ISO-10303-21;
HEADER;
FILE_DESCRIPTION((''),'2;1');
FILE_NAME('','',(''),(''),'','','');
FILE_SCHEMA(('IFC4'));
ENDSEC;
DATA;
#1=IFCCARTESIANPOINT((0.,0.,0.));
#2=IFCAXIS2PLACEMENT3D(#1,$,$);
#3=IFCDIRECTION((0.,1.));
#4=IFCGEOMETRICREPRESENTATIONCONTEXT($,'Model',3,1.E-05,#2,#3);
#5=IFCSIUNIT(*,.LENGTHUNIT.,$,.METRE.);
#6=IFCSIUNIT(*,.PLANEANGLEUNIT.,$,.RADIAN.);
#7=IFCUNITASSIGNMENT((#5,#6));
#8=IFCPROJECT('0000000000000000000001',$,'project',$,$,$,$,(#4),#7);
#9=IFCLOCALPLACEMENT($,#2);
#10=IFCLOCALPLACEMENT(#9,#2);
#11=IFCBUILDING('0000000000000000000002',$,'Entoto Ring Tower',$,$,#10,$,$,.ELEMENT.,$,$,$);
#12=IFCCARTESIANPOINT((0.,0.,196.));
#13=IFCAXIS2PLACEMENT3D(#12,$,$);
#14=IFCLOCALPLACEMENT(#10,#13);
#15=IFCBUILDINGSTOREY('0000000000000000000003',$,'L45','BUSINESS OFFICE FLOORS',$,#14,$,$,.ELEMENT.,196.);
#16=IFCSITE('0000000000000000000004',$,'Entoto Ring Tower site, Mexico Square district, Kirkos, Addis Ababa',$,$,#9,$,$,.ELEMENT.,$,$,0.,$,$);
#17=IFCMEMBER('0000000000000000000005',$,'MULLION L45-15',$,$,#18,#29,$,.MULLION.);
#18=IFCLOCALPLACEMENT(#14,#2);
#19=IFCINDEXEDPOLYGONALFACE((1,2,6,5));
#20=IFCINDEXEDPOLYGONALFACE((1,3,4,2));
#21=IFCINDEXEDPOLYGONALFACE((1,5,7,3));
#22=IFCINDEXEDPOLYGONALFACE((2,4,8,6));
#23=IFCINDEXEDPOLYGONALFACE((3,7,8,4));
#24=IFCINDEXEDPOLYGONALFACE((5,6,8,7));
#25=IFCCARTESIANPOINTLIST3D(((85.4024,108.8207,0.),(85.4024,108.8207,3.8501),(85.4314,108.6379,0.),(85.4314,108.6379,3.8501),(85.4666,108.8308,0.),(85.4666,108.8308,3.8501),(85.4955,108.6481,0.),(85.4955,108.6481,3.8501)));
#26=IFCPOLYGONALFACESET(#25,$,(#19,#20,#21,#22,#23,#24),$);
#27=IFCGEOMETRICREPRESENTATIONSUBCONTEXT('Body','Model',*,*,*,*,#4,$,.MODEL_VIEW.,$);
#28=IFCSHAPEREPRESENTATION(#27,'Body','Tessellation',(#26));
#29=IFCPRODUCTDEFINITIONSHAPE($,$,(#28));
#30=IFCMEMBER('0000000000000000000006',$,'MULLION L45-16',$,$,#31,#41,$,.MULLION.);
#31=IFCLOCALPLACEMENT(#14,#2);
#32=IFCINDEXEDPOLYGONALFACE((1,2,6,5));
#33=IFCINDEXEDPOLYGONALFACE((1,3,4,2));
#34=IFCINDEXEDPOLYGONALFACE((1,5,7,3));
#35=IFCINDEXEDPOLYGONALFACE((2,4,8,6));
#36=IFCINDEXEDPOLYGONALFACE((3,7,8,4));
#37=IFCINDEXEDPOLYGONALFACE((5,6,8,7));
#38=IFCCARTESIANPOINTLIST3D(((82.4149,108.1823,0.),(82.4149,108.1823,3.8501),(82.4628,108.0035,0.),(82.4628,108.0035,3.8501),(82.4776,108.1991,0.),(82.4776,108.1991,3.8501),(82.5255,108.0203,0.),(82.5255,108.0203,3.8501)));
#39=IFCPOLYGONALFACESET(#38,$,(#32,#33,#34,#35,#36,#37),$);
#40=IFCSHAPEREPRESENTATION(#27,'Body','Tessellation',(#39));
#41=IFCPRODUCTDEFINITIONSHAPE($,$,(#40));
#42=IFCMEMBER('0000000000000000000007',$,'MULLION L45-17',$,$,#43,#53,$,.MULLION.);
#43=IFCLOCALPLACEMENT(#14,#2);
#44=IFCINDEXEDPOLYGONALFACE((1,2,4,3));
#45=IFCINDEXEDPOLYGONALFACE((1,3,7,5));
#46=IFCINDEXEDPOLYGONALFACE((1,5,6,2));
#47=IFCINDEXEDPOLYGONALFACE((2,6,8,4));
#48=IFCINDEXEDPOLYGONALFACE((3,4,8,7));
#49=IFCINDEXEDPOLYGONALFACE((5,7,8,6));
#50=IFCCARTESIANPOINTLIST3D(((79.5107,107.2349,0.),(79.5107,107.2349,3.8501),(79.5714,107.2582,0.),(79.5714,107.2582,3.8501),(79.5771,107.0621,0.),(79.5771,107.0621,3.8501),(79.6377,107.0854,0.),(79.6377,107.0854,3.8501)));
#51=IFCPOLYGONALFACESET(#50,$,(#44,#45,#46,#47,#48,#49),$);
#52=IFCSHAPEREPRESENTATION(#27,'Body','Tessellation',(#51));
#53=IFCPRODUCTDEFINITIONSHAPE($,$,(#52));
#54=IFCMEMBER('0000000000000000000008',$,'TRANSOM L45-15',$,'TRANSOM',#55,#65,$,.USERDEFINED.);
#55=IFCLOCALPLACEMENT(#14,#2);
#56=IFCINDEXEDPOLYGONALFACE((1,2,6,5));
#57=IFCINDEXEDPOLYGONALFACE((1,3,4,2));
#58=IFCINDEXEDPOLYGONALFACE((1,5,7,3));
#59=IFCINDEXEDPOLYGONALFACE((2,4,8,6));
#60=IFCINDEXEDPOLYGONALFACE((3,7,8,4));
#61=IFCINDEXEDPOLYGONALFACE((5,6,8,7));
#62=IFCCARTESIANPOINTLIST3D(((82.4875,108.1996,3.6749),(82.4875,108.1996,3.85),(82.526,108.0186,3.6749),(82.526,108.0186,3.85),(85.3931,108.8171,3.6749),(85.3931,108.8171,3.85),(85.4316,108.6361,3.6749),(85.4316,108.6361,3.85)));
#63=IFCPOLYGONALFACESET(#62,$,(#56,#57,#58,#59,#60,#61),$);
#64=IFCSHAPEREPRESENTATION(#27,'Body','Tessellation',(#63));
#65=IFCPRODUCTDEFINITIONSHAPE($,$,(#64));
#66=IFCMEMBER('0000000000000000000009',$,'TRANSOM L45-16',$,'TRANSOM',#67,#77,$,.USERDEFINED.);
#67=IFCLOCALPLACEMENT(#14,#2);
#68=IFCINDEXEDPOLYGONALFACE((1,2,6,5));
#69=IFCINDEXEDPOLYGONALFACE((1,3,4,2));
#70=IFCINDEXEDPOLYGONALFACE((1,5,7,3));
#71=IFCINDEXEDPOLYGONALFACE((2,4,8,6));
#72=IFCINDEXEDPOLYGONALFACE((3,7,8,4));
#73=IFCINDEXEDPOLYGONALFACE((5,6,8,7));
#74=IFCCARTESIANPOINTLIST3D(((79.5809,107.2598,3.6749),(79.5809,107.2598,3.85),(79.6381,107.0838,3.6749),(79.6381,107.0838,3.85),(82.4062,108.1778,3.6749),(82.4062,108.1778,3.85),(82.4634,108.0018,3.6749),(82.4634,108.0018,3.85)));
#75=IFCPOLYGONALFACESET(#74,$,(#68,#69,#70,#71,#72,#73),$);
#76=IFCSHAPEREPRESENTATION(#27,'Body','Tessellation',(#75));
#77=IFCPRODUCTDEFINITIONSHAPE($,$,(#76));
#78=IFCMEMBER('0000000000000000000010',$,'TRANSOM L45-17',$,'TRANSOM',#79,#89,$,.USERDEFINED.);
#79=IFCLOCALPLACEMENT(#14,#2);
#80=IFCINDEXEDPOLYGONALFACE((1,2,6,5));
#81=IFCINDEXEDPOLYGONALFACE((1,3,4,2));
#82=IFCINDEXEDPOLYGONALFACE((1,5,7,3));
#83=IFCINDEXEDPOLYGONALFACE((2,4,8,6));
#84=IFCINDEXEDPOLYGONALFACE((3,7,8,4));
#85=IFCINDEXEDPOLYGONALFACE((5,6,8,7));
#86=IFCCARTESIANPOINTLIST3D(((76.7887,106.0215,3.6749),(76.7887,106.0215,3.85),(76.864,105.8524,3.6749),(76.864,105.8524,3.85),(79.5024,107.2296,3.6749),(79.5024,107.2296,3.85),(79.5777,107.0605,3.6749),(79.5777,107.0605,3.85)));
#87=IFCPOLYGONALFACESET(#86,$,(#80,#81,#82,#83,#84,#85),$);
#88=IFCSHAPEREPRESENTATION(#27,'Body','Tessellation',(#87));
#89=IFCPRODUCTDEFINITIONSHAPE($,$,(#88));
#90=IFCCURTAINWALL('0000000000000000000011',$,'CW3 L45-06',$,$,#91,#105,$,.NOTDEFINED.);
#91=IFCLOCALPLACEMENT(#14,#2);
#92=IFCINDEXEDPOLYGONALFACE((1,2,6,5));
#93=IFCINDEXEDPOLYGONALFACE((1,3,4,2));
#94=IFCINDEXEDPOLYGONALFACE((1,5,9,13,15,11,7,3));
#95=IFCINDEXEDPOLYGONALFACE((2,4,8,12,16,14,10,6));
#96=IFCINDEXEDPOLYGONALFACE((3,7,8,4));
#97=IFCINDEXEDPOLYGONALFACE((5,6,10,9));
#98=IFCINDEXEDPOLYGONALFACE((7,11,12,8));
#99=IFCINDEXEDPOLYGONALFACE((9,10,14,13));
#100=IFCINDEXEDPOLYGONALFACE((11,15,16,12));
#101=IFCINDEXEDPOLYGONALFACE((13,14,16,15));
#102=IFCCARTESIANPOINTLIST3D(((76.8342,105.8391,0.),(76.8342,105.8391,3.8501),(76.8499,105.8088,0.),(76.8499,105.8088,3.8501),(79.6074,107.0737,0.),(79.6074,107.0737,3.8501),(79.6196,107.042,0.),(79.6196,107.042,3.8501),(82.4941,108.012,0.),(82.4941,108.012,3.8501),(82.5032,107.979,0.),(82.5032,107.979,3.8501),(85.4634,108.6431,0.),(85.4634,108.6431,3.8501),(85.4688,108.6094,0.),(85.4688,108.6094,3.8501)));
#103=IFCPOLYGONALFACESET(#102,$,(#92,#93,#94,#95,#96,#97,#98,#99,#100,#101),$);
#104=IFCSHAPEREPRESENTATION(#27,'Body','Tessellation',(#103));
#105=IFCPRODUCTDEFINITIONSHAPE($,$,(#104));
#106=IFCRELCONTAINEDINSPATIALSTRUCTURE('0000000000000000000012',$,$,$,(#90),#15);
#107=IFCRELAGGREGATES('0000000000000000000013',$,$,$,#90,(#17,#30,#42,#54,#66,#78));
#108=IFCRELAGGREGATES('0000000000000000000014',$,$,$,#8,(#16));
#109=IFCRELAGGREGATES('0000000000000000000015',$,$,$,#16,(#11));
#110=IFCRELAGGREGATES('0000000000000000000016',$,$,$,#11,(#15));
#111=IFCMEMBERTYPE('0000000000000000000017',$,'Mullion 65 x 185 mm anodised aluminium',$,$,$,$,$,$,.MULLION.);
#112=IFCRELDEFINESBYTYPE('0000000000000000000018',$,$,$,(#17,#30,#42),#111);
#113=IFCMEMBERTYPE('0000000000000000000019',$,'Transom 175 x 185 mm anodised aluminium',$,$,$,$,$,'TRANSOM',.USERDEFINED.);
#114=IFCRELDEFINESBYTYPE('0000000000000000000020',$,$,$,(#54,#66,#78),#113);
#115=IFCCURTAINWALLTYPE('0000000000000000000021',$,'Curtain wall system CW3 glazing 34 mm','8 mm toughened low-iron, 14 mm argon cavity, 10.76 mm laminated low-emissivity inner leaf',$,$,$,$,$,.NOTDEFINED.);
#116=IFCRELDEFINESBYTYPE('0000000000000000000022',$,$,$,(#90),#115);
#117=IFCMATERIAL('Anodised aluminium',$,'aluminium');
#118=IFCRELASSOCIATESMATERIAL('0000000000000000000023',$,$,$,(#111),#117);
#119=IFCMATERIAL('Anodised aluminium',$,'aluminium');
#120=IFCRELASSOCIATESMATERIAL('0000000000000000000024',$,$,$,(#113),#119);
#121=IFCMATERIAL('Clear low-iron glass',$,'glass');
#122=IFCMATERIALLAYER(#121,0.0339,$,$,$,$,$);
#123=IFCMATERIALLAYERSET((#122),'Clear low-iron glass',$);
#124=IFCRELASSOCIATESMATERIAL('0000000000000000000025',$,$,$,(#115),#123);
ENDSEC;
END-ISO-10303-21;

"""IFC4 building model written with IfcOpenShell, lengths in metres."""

from ifc_helpers import new_model, si_unit, direction, frame, origin, origin_2d, place, context, subcontext, project, spatial, polyline, rectangle, outline, extrude, material, layer, layer_set, material_profile, profile_set, type_object, element, aggregate, save


model = new_model("IFC4")

# Units and contexts
model_context = context("Model", 3, precision=1e-05, world=origin(), true_north=direction((0.0, 1.0)))
body_context = subcontext(model_context, "Body", "Model", "MODEL_VIEW")
ifc_project = project(units=[si_unit("LENGTHUNIT", "METRE"), si_unit("PLANEANGLEUNIT", "RADIAN")], contexts=[model_context])

# Members
ifc_material_1 = material(Name="Anodised aluminium", Category="aluminium")
ifc_material_profile_1 = material_profile(ifc_material_1, rectangle(XDim=0.0649, YDim=0.1851, at=origin_2d()), Name="Mullion 65 x 185 mm anodised aluminium")
ifc_profile_set_1 = profile_set([ifc_material_profile_1], Name="Anodised aluminium")
member_type_1 = type_object("IfcMemberType", Name="Mullion 65 x 185 mm anodised aluminium", PredefinedType="MULLION", material=ifc_profile_set_1)
site_placement = place(None, origin())
building_placement = place(site_placement, origin())
storey_placement = place(building_placement, frame((0.0, 0.0, 196.0)))
member_1_placement = place(storey_placement, frame((85.449, 108.7344, 0.0), z_axis=(0.0, 0.0, 1.0), x_axis=(-0.987688, -0.156434, 0.0)))
member_1 = element("IfcMember", 1, at=member_1_placement, type_object=member_type_1, Name="MULLION L45-15", PredefinedType="MULLION", context=body_context, shape_type="SweptSolid", body=[
    extrude(rectangle(XDim=0.0649, YDim=0.1851, at=origin_2d()), origin(), (0.0, 0.0, 1.0), 3.8501),
])
member_2_placement = place(storey_placement, frame((82.4702, 108.1013, 0.0), z_axis=(0.0, 0.0, 1.0), x_axis=(-0.965926, -0.258819, 0.0)))
member_2 = element("IfcMember", 2, at=member_2_placement, type_object=member_type_1, Name="MULLION L45-16", PredefinedType="MULLION", context=body_context, shape_type="SweptSolid", body=[
    extrude(rectangle(XDim=0.0649, YDim=0.1851, at=origin_2d()), origin(), (0.0, 0.0, 1.0), 3.8501),
])
member_3_placement = place(storey_placement, frame((79.5742, 107.1602, 0.0), z_axis=(0.0, 0.0, 1.0), x_axis=(-0.93358, -0.358368, 0.0)))
member_3 = element("IfcMember", 3, at=member_3_placement, type_object=member_type_1, Name="MULLION L45-17", PredefinedType="MULLION", context=body_context, shape_type="SweptSolid", body=[
    extrude(rectangle(XDim=0.0649, YDim=0.1851, at=origin_2d()), origin(), (0.0, 0.0, 1.0), 3.8501),
])
ifc_material_2 = material(Name="Anodised aluminium", Category="aluminium")
ifc_material_profile_2 = material_profile(ifc_material_2, rectangle(XDim=0.1851, YDim=0.175, at=origin_2d()), Name="Transom 175 x 185 mm anodised aluminium")
ifc_profile_set_2 = profile_set([ifc_material_profile_2], Name="Anodised aluminium")
member_type_2 = type_object("IfcMemberType", Name="Transom 175 x 185 mm anodised aluminium", ElementType="TRANSOM", PredefinedType="USERDEFINED", material=ifc_profile_set_2)
member_4_placement = place(storey_placement, frame((85.4124, 108.7266, 3.7625), z_axis=(-0.978158, -0.207862, 0.0), x_axis=(0.207862, -0.978158, 0.0)))
member_4 = element("IfcMember", 4, at=member_4_placement, type_object=member_type_2, Name="TRANSOM L45-15", ObjectType="TRANSOM", PredefinedType="USERDEFINED", context=body_context, shape_type="SweptSolid", body=[
    extrude(rectangle(XDim=0.1851, YDim=0.175, at=origin_2d()), origin(), (0.0, 0.0, 1.0), 2.9705),
])
member_5_placement = place(storey_placement, frame((82.4348, 108.0898, 3.7625), z_axis=(-0.951056, -0.309019, 0.0), x_axis=(0.309019, -0.951056, 0.0)))
member_5 = element("IfcMember", 5, at=member_5_placement, type_object=member_type_2, Name="TRANSOM L45-16", ObjectType="TRANSOM", PredefinedType="USERDEFINED", context=body_context, shape_type="SweptSolid", body=[
    extrude(rectangle(XDim=0.1851, YDim=0.175, at=origin_2d()), origin(), (0.0, 0.0, 1.0), 2.9707),
])
member_6_placement = place(storey_placement, frame((79.54, 107.145, 3.7625), z_axis=(-0.913567, -0.406687, 0.0), x_axis=(0.406687, -0.913567, 0.0)))
member_6 = element("IfcMember", 6, at=member_6_placement, type_object=member_type_2, Name="TRANSOM L45-17", ObjectType="TRANSOM", PredefinedType="USERDEFINED", context=body_context, shape_type="SweptSolid", body=[
    extrude(rectangle(XDim=0.1851, YDim=0.175, at=origin_2d()), origin(), (0.0, 0.0, 1.0), 2.9705),
])

# Site, building, storey
site = spatial("IfcSite", under=ifc_project, at=site_placement, Name="Entoto Ring Tower site, Mexico Square district, Kirkos, Addis Ababa", CompositionType="ELEMENT", RefElevation=0.0)
building = spatial("IfcBuilding", under=site, at=building_placement, Name="Entoto Ring Tower", CompositionType="ELEMENT")
storey = spatial("IfcBuildingStorey", under=building, at=storey_placement, Name="L45", Description="BUSINESS OFFICE FLOORS", CompositionType="ELEMENT", Elevation=196.0)

# Curtain wall
ifc_material_3 = material(Name="Clear low-iron glass", Category="glass")
ifc_layer = layer(ifc_material_3, 0.0339)
ifc_layer_set = layer_set([ifc_layer], Name="Clear low-iron glass")
curtain_wall_type = type_object("IfcCurtainWallType", Name="Curtain wall system CW3 glazing 34 mm", Description="8 mm toughened low-iron, 14 mm argon cavity, 10.76 mm laminated low-emissivity inner leaf", PredefinedType="NOTDEFINED", material=ifc_layer_set)
curtain_wall_1_placement = place(storey_placement, origin())
curtain_wall_1 = element("IfcCurtainWall", 7, at=curtain_wall_1_placement, inside=storey, type_object=curtain_wall_type, Name="CW3 L45-06", PredefinedType="NOTDEFINED", context=body_context, shape_type="SweptSolid", body=[
    extrude(outline(polyline([(85.4634, 108.6431), (82.4941, 108.012), (79.6074, 107.0737), (76.8342, 105.8391), (76.8499, 105.8088), (79.6196, 107.042), (82.5032, 107.979), (85.4688, 108.6094), (85.4634, 108.6431)])), origin(), (0.0, 0.0, 1.0), 3.8501),
])
aggregate(curtain_wall_1, [member_1, member_2, member_3, member_4, member_5, member_6])

save(model, "model.ifc")
